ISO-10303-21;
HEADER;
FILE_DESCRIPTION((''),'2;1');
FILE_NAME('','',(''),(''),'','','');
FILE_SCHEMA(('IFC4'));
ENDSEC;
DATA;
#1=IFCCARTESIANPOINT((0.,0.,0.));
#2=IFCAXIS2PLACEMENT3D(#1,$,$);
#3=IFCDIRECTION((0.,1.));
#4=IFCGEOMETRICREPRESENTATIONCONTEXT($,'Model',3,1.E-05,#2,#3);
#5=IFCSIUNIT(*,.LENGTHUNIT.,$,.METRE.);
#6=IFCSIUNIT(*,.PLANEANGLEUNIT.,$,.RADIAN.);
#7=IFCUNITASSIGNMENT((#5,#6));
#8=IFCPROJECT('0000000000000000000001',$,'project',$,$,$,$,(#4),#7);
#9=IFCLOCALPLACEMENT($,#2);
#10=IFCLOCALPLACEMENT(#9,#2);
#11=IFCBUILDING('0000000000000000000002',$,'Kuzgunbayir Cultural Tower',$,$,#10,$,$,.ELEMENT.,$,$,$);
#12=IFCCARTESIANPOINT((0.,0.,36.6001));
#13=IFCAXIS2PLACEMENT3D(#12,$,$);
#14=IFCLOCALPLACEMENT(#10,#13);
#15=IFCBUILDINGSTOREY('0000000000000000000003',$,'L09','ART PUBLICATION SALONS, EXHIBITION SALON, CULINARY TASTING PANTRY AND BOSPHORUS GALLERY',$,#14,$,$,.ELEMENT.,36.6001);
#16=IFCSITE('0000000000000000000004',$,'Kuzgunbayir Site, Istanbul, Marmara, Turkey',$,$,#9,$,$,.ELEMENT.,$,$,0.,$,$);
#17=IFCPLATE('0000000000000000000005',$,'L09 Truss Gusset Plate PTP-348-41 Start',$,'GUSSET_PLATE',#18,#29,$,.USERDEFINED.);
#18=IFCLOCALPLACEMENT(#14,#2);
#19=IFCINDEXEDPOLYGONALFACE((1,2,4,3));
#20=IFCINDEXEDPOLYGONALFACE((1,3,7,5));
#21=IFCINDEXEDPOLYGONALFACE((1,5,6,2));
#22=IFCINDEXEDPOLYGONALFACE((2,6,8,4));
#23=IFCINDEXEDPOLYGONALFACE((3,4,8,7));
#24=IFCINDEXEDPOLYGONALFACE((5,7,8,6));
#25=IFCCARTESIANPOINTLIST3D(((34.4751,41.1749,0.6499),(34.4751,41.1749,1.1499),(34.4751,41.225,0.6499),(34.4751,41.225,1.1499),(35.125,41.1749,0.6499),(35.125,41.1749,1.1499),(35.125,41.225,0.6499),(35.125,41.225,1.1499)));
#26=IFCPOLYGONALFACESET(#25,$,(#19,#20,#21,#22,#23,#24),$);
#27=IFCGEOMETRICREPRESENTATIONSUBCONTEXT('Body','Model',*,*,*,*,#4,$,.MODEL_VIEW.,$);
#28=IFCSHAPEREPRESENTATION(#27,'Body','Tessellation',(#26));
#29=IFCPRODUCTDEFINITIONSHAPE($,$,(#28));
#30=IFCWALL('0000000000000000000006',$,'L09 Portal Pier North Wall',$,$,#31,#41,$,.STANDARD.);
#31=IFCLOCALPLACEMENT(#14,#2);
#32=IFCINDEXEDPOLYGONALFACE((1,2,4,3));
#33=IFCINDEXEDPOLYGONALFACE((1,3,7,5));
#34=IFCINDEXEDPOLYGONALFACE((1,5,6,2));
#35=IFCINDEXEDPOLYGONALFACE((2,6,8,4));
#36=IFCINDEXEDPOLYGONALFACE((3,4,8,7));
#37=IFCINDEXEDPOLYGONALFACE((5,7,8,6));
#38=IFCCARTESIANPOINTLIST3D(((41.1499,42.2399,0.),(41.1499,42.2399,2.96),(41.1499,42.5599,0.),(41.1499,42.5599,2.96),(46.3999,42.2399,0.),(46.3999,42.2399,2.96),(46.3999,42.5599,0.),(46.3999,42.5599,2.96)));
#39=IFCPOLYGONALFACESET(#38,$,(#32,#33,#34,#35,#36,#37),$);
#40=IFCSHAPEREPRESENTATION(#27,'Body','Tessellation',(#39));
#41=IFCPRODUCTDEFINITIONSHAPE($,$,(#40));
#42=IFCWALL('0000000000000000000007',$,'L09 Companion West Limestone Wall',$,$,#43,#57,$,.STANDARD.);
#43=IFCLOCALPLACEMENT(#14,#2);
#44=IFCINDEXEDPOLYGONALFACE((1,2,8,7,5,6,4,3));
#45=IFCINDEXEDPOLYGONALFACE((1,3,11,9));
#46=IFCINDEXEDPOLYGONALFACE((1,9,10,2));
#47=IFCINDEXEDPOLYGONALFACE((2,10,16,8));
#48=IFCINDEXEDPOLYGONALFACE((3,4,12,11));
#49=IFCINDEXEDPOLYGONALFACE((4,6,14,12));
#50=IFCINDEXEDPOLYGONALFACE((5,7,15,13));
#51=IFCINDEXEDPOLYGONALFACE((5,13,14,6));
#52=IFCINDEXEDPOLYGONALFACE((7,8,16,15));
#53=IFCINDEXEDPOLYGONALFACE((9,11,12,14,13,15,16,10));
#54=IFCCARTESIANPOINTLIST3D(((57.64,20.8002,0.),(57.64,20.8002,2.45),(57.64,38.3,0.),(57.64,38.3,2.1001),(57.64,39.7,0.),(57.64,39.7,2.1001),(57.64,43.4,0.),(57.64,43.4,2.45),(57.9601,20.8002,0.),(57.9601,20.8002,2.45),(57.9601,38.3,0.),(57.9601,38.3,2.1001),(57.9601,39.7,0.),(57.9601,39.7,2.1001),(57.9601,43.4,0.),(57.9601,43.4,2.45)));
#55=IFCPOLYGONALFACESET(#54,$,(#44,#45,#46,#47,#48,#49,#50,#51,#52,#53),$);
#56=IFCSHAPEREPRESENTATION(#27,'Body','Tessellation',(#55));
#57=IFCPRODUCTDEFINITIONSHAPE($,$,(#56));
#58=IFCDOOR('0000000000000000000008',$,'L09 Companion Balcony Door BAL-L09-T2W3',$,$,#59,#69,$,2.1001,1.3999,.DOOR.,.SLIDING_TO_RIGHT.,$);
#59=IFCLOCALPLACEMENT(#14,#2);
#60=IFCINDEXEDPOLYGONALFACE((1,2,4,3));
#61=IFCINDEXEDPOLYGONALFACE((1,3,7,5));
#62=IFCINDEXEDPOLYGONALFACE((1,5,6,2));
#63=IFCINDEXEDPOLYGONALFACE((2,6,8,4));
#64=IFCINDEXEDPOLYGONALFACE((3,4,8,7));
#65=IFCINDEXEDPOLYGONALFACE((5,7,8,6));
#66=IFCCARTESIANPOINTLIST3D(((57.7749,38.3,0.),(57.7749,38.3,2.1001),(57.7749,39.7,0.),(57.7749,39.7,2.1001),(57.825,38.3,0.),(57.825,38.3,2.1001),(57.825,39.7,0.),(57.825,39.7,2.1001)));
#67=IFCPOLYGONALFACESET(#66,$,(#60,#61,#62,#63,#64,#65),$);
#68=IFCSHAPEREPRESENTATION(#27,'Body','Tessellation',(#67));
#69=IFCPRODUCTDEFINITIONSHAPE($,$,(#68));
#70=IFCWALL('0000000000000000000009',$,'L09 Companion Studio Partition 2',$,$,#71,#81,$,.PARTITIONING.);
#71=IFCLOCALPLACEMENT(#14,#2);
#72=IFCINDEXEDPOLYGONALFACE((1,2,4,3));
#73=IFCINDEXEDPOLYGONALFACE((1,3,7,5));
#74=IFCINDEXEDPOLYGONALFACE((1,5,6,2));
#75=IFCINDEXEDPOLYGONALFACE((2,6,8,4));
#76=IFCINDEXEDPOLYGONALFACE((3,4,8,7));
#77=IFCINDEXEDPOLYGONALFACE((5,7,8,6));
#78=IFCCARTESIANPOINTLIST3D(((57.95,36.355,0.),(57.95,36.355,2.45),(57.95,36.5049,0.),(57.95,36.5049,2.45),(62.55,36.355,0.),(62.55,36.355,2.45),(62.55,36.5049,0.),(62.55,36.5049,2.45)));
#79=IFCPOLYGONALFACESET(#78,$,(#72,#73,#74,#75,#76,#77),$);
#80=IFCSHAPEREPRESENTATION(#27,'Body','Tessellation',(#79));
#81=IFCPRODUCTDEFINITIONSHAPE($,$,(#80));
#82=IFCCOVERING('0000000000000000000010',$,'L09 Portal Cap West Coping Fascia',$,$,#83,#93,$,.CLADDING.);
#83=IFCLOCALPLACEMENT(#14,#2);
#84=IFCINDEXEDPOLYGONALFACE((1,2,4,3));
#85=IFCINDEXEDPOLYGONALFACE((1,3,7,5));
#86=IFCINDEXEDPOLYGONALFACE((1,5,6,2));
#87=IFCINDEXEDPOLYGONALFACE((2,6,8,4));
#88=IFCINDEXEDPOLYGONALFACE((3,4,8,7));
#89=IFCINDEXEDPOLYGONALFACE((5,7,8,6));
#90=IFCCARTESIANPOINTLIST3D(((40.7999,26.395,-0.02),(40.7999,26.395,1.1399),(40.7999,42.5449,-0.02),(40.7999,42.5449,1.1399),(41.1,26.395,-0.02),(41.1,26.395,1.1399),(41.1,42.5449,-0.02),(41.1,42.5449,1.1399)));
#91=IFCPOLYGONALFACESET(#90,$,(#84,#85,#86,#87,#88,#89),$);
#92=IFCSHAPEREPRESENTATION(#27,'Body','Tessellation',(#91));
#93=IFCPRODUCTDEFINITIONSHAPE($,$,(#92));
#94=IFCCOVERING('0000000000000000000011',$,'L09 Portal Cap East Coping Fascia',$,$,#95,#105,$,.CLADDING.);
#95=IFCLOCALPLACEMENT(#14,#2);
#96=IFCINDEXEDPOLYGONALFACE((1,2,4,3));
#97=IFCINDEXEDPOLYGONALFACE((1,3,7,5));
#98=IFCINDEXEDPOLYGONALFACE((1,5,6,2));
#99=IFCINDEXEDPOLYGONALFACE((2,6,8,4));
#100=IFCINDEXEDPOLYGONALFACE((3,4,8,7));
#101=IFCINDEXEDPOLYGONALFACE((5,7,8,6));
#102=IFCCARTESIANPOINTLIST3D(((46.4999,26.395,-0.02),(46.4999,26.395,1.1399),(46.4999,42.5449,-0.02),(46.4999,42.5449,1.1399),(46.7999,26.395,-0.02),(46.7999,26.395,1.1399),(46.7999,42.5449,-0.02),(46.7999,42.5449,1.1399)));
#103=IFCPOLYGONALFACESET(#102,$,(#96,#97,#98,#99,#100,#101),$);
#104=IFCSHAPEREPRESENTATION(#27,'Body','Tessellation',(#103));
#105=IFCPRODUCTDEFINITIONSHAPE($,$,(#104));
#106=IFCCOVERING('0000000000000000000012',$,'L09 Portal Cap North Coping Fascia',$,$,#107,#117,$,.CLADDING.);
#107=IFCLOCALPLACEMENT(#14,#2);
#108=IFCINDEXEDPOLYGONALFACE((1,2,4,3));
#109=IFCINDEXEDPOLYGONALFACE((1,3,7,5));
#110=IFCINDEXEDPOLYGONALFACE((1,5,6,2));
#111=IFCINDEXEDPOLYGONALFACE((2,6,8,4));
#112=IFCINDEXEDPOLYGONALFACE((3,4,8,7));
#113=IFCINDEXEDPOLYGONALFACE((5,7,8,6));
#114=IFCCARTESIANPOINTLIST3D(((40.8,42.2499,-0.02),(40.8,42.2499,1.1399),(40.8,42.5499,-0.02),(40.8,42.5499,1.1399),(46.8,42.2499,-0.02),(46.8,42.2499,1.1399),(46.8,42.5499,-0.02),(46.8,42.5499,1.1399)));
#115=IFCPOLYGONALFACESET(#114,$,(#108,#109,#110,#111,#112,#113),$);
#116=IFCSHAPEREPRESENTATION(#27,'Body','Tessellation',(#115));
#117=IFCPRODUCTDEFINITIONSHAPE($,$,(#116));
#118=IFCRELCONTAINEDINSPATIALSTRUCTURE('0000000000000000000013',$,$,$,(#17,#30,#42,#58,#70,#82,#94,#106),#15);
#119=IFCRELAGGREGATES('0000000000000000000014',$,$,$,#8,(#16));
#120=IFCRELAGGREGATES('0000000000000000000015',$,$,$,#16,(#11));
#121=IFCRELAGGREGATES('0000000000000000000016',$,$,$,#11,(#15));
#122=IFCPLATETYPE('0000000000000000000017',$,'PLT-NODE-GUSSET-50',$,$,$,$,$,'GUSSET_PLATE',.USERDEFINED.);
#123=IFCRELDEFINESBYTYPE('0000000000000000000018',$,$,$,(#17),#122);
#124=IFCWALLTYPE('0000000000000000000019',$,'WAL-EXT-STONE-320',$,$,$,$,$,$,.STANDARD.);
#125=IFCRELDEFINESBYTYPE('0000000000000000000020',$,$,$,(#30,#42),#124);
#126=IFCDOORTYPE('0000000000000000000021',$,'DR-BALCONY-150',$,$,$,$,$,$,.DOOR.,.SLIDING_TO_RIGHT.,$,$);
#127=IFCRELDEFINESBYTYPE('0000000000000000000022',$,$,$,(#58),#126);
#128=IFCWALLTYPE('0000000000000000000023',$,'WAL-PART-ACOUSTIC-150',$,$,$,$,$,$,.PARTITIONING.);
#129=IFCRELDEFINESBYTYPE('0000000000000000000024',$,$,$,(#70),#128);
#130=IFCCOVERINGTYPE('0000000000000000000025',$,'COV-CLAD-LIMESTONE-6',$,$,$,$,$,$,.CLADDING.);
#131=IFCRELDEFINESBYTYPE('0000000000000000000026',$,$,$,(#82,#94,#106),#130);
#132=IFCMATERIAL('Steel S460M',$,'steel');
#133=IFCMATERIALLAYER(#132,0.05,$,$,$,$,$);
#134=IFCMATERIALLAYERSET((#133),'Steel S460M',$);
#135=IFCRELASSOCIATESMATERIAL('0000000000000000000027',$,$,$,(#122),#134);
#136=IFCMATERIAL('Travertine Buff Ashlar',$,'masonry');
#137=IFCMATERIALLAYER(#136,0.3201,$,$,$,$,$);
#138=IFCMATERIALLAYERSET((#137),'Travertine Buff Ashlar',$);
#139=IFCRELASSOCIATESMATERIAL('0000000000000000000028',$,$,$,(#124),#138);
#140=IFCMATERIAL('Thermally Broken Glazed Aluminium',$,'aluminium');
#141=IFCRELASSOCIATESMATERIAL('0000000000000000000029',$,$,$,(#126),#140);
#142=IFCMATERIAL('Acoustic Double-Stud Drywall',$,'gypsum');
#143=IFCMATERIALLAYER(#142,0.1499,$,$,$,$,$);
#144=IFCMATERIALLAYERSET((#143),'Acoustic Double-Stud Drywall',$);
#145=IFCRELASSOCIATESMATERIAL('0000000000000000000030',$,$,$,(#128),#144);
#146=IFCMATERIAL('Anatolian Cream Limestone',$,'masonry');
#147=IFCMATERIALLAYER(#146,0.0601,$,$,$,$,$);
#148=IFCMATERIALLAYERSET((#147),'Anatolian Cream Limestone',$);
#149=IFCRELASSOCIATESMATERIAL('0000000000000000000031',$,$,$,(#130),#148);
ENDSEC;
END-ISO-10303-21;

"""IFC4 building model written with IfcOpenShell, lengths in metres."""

from ifc_helpers import new_model, si_unit, direction, frame, frame_2d, origin, origin_2d, place, context, subcontext, project, spatial, rectangle, extrude, material, layer, layer_set, type_object, element, fill, save


model = new_model("IFC4")

# Units and contexts
model_context = context("Model", 3, precision=1e-05, world=origin(), true_north=direction((0.0, 1.0)))
body_context = subcontext(model_context, "Body", "Model", "MODEL_VIEW")
ifc_project = project(units=[si_unit("LENGTHUNIT", "METRE"), si_unit("PLANEANGLEUNIT", "RADIAN")], contexts=[model_context])

# Site, building, storey
site_placement = place(None, origin())
site = spatial("IfcSite", under=ifc_project, at=site_placement, Name="Kuzgunbayir Site, Istanbul, Marmara, Turkey", CompositionType="ELEMENT", RefElevation=0.0)
building_placement = place(site_placement, origin())
building = spatial("IfcBuilding", under=site, at=building_placement, Name="Kuzgunbayir Cultural Tower", CompositionType="ELEMENT")
storey_placement = place(building_placement, frame((0.0, 0.0, 36.6001)))
storey = spatial("IfcBuildingStorey", under=building, at=storey_placement, Name="L09", Description="ART PUBLICATION SALONS, EXHIBITION SALON, CULINARY TASTING PANTRY AND BOSPHORUS GALLERY", CompositionType="ELEMENT", Elevation=36.6001)

# Shared definitions
ifc_material_1 = material(Name="Steel S460M", Category="steel")

# Plate
ifc_layer_1 = layer(ifc_material_1, 0.05)
ifc_layer_set_1 = layer_set([ifc_layer_1], Name="Steel S460M")
plate_type_1 = type_object("IfcPlateType", Name="PLT-NODE-GUSSET-50", ElementType="GUSSET_PLATE", PredefinedType="USERDEFINED", material=ifc_layer_set_1)
for number, where, z_axis, x_axis, name in (
    (1, (34.8, 41.2, 0.6499), (0.0, 0.0, 1.0), (1.0, 0.0, 0.0), "L09 Truss Gusset Plate PTP-348-41 Start"),
):
    element("IfcPlate", number, at=place(storey_placement, frame(where, z_axis=z_axis, x_axis=x_axis)), inside=storey, type_object=plate_type_1, Name=name, ObjectType="GUSSET_PLATE", PredefinedType="USERDEFINED", context=body_context, shape_type="SweptSolid", body=[
        extrude(rectangle(XDim=0.6499, YDim=0.05, at=origin_2d()), origin(), (0.0, 0.0, 1.0), 0.5),
    ])

# Wall
ifc_material_2 = material(Name="Travertine Buff Ashlar", Category="masonry")
ifc_layer_2 = layer(ifc_material_2, 0.3201)
ifc_layer_set_2 = layer_set([ifc_layer_2], Name="Travertine Buff Ashlar")
wall_type_1 = type_object("IfcWallType", Name="WAL-EXT-STONE-320", PredefinedType="STANDARD", material=ifc_layer_set_2)
wall_1_placement = place(storey_placement, frame((46.3999, 42.3999, 0.0), z_axis=(0.0, 0.0, 1.0), x_axis=(-1.0, 0.0, 0.0)))
element("IfcWall", 2, at=wall_1_placement, inside=storey, type_object=wall_type_1, Name="L09 Portal Pier North Wall", PredefinedType="STANDARD", context=body_context, shape_type="SweptSolid", body=[
    extrude(rectangle(XDim=5.25, YDim=0.3201, at=frame_2d((2.625, 0.0))), origin(), (0.0, 0.0, 1.0), 2.96),
])

# Wall, opening, door
wall_2_placement = place(storey_placement, frame((57.8, 43.3999, 0.0), z_axis=(0.0, 0.0, 1.0), x_axis=(0.0, -1.0, 0.0)))
wall_2 = element("IfcWall", 3, at=wall_2_placement, inside=storey, type_object=wall_type_1, Name="L09 Companion West Limestone Wall", PredefinedType="STANDARD", context=body_context, shape_type="SweptSolid", body=[
    extrude(rectangle(XDim=22.5999, YDim=0.3201, at=frame_2d((11.2998, 0.0))), origin(), (0.0, 0.0, 1.0), 2.45),
])
opening_placement = place(wall_2_placement, frame((3.7, 0.0, 0.0)))
opening = element("IfcOpeningElement", 4, at=opening_placement, cuts=wall_2, PredefinedType="OPENING", context=body_context, shape_type="SweptSolid", body=[
    extrude(rectangle(XDim=1.3999, YDim=2.1001, at=frame_2d((0.7, 1.05))), frame((0.0, 0.1699, 0.0), z_axis=(0.0, -1.0, 0.0), x_axis=(1.0, 0.0, 0.0)), (0.0, 0.0, 1.0), 0.3401),
])
ifc_material_3 = material(Name="Thermally Broken Glazed Aluminium", Category="aluminium")
door_type = type_object("IfcDoorType", Name="DR-BALCONY-150", OperationType="SLIDING_TO_RIGHT", PredefinedType="DOOR", material=ifc_material_3)
door_placement = place(opening_placement, origin())
door = element("IfcDoor", 5, at=door_placement, inside=storey, type_object=door_type, Name="L09 Companion Balcony Door BAL-L09-T2W3", OperationType="SLIDING_TO_RIGHT", OverallHeight=2.1001, OverallWidth=1.3999, PredefinedType="DOOR", context=body_context, shape_type="SweptSolid", body=[
    extrude(rectangle(XDim=1.3999, YDim=2.1001, at=frame_2d((0.7, 1.05))), frame((0.0, 0.0249, 0.0), z_axis=(0.0, -1.0, 0.0), x_axis=(1.0, 0.0, 0.0)), (0.0, 0.0, 1.0), 0.05),
])
fill(opening, door)

# Wall
ifc_material_4 = material(Name="Acoustic Double-Stud Drywall", Category="gypsum")
ifc_layer_3 = layer(ifc_material_4, 0.1499)
ifc_layer_set_3 = layer_set([ifc_layer_3], Name="Acoustic Double-Stud Drywall")
wall_type_2 = type_object("IfcWallType", Name="WAL-PART-ACOUSTIC-150", PredefinedType="PARTITIONING", material=ifc_layer_set_3)
wall_3_placement = place(storey_placement, frame((57.95, 36.4299, 0.0), z_axis=(0.0, 0.0, 1.0), x_axis=(1.0, 0.0, 0.0)))
element("IfcWall", 6, at=wall_3_placement, inside=storey, type_object=wall_type_2, Name="L09 Companion Studio Partition 2", PredefinedType="PARTITIONING", context=body_context, shape_type="SweptSolid", body=[
    extrude(rectangle(XDim=4.6001, YDim=0.1499, at=frame_2d((2.3, 0.0))), origin(), (0.0, 0.0, 1.0), 2.45),
])

# Coverings
ifc_material_5 = material(Name="Anatolian Cream Limestone", Category="masonry")
ifc_layer_4 = layer(ifc_material_5, 0.0601)
ifc_layer_set_4 = layer_set([ifc_layer_4], Name="Anatolian Cream Limestone")
covering_type = type_object("IfcCoveringType", Name="COV-CLAD-LIMESTONE-6", PredefinedType="CLADDING", material=ifc_layer_set_4)
for number, where, z_axis, x_axis, name in (
    (7, (40.95, 34.47, -0.02), (0.0, 0.0, 1.0), (1.0, 0.0, 0.0), "L09 Portal Cap West Coping Fascia"),
    (8, (46.6499, 34.47, -0.02), (0.0, 0.0, 1.0), (1.0, 0.0, 0.0), "L09 Portal Cap East Coping Fascia"),
):
    element("IfcCovering", number, at=place(storey_placement, frame(where, z_axis=z_axis, x_axis=x_axis)), inside=storey, type_object=covering_type, Name=name, PredefinedType="CLADDING", context=body_context, shape_type="SweptSolid", body=[
        extrude(rectangle(XDim=0.3, YDim=16.1499, at=origin_2d()), origin(), (0.0, 0.0, 1.0), 1.1599),
    ])
covering_placement = place(storey_placement, frame((43.8, 42.3999, -0.02), z_axis=(0.0, 0.0, 1.0), x_axis=(1.0, 0.0, 0.0)))
element("IfcCovering", 9, at=covering_placement, inside=storey, type_object=covering_type, Name="L09 Portal Cap North Coping Fascia", PredefinedType="CLADDING", context=body_context, shape_type="SweptSolid", body=[
    extrude(rectangle(XDim=6.0, YDim=0.3, at=origin_2d()), origin(), (0.0, 0.0, 1.0), 1.1599),
])

save(model, "model.ifc")
